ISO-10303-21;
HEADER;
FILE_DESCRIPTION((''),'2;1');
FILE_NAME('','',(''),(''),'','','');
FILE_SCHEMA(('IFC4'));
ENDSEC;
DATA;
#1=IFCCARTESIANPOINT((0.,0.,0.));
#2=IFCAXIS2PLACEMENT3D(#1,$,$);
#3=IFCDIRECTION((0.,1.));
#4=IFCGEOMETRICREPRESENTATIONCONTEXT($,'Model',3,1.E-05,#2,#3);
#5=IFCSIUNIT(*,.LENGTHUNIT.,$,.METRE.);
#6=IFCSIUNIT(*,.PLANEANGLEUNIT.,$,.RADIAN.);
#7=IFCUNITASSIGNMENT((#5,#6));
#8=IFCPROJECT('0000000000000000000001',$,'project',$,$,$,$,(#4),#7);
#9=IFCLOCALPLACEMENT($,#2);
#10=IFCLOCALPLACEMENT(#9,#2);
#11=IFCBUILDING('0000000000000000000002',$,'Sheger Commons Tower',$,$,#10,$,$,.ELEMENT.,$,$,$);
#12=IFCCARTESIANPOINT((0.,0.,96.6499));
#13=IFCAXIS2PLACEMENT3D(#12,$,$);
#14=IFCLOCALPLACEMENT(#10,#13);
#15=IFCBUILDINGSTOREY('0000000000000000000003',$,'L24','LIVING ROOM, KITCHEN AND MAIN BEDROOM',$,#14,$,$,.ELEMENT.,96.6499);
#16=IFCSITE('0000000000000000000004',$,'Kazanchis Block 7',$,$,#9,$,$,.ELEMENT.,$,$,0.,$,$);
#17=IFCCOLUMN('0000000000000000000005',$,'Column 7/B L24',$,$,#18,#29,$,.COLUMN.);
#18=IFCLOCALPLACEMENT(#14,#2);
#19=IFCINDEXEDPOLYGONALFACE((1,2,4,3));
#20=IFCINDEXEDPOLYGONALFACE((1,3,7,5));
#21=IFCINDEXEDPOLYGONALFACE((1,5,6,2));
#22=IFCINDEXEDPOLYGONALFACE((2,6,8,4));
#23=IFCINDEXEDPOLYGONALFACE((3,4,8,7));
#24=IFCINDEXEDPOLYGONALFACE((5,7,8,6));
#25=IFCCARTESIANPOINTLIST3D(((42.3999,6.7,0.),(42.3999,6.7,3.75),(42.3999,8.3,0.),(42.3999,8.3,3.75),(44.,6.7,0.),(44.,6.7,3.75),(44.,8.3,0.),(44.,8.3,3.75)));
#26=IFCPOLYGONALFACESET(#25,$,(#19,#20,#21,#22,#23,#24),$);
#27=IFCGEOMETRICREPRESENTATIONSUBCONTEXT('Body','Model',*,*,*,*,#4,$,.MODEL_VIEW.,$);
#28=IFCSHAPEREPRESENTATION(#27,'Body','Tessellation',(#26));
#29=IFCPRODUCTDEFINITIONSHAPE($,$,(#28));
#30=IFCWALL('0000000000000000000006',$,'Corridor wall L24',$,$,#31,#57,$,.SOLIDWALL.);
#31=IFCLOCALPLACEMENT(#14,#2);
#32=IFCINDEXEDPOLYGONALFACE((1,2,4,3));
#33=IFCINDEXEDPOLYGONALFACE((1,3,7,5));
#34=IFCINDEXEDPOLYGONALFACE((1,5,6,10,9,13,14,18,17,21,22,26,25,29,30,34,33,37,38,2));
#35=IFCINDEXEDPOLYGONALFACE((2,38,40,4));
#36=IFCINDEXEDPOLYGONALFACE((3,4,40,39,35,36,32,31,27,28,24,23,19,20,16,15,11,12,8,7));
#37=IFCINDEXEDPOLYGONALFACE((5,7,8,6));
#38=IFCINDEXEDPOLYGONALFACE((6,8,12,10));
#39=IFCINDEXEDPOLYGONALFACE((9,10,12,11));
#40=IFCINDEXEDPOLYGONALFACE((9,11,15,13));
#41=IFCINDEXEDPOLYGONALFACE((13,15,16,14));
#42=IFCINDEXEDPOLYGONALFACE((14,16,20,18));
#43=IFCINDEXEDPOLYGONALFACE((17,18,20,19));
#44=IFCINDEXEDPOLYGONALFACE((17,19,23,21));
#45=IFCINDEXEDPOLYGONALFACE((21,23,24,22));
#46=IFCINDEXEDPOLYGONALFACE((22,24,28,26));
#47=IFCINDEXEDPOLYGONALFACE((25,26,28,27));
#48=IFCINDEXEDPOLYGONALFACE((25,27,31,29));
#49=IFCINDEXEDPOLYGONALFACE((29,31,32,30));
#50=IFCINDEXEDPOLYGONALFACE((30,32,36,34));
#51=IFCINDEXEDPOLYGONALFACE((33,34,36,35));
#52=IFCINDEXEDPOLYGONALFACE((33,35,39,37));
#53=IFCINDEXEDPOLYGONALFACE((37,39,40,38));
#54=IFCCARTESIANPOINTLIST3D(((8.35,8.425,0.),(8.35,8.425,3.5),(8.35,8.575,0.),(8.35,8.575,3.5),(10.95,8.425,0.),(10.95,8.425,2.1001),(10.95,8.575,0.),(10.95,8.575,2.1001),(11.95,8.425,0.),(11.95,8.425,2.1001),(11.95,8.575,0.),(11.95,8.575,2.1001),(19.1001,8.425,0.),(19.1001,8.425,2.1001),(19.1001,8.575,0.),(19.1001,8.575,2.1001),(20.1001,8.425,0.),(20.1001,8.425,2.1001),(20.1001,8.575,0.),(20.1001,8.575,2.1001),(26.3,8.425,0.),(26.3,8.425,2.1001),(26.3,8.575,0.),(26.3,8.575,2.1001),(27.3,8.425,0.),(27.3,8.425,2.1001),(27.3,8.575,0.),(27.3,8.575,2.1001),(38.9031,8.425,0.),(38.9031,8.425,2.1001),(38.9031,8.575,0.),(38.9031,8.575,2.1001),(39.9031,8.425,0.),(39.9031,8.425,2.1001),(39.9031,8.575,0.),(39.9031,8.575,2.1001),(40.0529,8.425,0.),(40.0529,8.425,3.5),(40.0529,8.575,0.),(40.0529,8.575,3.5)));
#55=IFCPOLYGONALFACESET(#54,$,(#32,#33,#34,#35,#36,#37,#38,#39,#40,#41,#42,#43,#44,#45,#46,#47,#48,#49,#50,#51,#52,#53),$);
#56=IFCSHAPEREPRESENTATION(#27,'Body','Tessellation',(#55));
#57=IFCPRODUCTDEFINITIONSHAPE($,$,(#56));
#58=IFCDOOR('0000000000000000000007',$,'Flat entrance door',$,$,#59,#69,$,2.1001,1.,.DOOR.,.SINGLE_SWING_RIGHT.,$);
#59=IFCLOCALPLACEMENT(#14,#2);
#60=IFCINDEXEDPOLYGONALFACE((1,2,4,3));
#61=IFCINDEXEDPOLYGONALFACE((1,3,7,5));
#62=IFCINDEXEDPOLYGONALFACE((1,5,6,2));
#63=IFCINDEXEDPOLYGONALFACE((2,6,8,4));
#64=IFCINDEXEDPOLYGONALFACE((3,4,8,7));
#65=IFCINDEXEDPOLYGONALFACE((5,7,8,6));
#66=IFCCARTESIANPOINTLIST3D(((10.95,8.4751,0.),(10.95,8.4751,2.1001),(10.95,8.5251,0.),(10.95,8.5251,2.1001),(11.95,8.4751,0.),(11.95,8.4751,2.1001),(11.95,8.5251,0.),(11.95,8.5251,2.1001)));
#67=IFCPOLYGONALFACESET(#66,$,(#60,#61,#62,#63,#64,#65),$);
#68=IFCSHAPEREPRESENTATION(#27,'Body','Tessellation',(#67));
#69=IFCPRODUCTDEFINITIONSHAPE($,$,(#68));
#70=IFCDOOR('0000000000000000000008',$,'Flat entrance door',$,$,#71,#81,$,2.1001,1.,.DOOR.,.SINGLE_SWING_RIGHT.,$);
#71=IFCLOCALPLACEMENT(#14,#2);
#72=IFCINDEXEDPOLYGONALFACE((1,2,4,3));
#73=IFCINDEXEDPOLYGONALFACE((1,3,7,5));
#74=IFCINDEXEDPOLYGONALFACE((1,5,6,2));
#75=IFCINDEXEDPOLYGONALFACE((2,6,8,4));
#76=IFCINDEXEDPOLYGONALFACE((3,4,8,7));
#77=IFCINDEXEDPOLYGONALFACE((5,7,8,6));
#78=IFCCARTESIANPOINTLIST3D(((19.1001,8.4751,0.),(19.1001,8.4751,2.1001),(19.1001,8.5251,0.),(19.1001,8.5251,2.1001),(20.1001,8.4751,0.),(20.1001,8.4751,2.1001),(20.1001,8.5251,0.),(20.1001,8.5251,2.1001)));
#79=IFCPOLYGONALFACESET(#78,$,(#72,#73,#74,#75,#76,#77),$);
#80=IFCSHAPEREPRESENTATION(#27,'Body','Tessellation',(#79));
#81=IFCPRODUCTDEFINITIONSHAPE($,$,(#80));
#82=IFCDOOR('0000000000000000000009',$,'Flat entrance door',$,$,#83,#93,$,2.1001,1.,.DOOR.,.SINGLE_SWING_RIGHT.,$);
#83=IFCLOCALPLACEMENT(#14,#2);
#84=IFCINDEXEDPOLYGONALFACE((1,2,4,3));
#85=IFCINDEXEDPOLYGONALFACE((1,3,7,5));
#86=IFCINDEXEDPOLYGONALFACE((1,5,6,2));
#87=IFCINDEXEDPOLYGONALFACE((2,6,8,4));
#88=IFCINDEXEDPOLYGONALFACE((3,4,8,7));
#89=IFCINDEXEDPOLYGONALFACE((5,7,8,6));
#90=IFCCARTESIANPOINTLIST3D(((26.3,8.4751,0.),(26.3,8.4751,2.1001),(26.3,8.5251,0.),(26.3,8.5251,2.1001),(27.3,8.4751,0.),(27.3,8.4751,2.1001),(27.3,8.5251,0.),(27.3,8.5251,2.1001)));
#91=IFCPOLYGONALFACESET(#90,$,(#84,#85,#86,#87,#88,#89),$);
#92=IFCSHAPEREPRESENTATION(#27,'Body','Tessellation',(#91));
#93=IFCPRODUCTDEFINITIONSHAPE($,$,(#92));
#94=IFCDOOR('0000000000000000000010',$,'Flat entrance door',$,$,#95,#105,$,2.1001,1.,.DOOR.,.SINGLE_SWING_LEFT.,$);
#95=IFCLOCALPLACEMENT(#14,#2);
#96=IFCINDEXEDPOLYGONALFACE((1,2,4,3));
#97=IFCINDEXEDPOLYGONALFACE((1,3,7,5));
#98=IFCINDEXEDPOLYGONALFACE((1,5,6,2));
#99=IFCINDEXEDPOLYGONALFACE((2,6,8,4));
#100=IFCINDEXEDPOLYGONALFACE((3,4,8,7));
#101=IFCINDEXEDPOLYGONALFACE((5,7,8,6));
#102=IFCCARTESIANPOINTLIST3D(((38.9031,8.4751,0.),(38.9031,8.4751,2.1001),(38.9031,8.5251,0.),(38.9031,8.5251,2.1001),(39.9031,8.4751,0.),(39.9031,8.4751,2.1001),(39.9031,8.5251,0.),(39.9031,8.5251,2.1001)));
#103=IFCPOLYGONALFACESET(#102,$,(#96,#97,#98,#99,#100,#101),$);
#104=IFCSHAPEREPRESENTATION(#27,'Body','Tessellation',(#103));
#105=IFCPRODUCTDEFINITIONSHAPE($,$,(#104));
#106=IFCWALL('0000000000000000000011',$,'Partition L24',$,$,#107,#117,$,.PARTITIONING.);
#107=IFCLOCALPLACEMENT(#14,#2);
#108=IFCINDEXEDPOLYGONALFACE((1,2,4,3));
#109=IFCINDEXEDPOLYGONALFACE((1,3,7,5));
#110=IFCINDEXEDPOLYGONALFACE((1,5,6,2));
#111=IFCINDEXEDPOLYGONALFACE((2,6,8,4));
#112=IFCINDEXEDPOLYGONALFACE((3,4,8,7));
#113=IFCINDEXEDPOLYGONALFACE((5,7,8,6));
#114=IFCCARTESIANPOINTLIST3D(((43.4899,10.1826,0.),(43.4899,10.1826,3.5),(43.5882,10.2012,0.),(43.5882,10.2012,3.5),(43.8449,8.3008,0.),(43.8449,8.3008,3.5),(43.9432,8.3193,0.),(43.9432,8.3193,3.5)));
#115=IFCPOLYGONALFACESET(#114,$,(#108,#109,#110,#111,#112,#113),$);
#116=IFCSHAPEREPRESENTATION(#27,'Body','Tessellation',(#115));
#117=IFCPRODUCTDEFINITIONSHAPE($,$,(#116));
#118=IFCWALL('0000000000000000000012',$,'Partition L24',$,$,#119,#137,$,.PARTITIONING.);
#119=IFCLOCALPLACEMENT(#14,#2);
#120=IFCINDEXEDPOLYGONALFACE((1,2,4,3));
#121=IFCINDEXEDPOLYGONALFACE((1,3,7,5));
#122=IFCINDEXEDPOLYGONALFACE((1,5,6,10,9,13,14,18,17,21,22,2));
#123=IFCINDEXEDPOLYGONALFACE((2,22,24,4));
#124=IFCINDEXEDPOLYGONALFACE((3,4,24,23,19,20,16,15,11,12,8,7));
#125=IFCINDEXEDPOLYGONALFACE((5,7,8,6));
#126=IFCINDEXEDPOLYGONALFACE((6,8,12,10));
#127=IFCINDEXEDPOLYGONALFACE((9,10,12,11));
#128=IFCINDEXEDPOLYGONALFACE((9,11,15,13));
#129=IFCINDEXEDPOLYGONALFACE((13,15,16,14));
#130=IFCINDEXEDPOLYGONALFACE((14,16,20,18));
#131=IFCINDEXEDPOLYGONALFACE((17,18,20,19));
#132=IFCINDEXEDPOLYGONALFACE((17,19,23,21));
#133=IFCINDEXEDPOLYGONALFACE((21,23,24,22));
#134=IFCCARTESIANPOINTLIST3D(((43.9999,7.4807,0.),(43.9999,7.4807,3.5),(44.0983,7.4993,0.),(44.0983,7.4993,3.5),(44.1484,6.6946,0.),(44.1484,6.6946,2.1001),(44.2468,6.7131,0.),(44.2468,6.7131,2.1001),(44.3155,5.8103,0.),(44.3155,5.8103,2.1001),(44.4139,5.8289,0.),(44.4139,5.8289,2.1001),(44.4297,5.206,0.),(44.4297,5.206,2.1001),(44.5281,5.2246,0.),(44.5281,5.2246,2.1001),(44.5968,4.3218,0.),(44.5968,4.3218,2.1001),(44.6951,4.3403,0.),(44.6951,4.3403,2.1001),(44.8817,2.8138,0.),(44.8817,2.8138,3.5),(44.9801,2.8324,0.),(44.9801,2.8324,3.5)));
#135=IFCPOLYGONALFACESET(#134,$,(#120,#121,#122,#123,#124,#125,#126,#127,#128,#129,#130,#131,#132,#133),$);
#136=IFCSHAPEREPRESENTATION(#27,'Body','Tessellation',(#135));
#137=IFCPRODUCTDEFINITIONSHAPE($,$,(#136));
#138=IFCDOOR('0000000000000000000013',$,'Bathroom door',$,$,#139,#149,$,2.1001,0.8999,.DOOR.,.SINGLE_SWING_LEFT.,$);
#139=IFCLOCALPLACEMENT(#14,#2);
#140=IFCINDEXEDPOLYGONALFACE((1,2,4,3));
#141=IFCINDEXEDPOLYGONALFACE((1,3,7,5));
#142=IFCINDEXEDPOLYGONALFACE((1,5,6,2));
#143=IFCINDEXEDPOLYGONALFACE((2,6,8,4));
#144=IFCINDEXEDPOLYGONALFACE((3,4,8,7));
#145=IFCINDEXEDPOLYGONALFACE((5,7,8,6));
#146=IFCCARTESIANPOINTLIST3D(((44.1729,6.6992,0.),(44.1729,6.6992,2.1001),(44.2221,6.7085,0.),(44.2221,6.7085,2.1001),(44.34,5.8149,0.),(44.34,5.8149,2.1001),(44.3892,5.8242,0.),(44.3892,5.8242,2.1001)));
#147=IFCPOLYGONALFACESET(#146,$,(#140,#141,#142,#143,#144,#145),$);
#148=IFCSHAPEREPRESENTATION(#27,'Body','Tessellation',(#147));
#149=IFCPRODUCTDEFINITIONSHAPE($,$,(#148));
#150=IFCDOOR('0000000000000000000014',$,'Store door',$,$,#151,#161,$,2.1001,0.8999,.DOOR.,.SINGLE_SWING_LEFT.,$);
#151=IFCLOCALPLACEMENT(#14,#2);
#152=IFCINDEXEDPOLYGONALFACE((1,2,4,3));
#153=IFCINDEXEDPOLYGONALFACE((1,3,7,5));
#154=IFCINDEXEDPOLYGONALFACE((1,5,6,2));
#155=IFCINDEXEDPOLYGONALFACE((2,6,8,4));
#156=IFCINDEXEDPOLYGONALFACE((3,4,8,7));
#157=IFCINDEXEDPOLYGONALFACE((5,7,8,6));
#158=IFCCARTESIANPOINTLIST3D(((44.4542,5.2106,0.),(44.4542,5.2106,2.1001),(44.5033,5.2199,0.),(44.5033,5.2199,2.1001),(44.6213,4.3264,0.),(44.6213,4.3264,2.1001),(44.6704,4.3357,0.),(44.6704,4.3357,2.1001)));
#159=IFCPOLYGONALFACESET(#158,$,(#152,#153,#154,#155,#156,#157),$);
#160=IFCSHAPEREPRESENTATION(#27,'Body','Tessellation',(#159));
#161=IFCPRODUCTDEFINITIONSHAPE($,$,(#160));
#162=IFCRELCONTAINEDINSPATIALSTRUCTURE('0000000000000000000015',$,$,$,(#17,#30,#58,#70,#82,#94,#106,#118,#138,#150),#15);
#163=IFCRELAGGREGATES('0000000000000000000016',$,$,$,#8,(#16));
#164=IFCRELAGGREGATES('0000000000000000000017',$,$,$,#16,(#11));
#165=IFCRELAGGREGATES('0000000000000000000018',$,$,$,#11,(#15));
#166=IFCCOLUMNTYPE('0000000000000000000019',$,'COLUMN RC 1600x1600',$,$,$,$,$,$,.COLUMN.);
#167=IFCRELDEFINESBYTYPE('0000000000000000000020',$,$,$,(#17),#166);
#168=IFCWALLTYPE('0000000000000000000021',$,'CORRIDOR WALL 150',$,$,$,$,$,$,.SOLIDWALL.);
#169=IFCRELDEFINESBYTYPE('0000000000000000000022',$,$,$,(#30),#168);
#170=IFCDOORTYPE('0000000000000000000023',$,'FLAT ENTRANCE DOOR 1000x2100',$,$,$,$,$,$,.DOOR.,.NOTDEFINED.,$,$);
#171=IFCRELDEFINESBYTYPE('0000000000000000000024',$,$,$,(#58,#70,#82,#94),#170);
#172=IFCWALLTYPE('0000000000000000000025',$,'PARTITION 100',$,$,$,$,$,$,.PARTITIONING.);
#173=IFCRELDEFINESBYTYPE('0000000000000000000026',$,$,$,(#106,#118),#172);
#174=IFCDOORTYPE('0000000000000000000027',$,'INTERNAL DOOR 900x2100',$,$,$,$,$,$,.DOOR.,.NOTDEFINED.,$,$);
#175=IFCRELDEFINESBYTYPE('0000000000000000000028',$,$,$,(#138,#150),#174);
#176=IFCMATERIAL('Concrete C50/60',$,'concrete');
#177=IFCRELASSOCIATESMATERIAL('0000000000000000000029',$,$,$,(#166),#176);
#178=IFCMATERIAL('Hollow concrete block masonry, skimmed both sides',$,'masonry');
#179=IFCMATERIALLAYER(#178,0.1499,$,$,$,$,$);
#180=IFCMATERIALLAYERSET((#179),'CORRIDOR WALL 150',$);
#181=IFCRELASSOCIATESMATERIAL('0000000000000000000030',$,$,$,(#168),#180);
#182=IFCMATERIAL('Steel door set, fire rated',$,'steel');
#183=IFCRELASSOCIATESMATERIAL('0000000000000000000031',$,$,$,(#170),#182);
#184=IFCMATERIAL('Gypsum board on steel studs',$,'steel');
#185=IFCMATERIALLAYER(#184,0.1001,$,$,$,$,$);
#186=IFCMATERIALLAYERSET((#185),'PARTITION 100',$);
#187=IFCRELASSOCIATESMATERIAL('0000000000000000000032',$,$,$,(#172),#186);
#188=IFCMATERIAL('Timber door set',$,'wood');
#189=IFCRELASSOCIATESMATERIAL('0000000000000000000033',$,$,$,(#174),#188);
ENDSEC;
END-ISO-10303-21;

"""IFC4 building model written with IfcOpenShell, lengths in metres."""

from ifc_helpers import new_model, si_unit, direction, frame, frame_2d, origin, origin_2d, place, context, subcontext, project, spatial, rectangle, extrude, material, layer, layer_set, material_profile, profile_set, type_object, element, fill, save


model = new_model("IFC4")

# Units and contexts
model_context = context("Model", 3, precision=1e-05, world=origin(), true_north=direction((0.0, 1.0)))
body_context = subcontext(model_context, "Body", "Model", "MODEL_VIEW")
ifc_project = project(units=[si_unit("LENGTHUNIT", "METRE"), si_unit("PLANEANGLEUNIT", "RADIAN")], contexts=[model_context])

# Site, building, storey
site_placement = place(None, origin())
site = spatial("IfcSite", under=ifc_project, at=site_placement, Name="Kazanchis Block 7", CompositionType="ELEMENT", RefElevation=0.0)
building_placement = place(site_placement, origin())
building = spatial("IfcBuilding", under=site, at=building_placement, Name="Sheger Commons Tower", CompositionType="ELEMENT")
storey_placement = place(building_placement, frame((0.0, 0.0, 96.6499)))
storey = spatial("IfcBuildingStorey", under=building, at=storey_placement, Name="L24", Description="LIVING ROOM, KITCHEN AND MAIN BEDROOM", CompositionType="ELEMENT", Elevation=96.6499)

# Column
ifc_material_1 = material(Name="Concrete C50/60", Category="concrete")
ifc_material_profile = material_profile(ifc_material_1, rectangle(XDim=1.6001, YDim=1.6001, at=origin_2d()), Name="RC 1600x1600")
ifc_profile_set = profile_set([ifc_material_profile], Name="Concrete C50/60")
column_type = type_object("IfcColumnType", Name="COLUMN RC 1600x1600", PredefinedType="COLUMN", material=ifc_profile_set)
column_placement = place(storey_placement, frame((43.2, 7.5, 0.0), z_axis=(0.0, 0.0, 1.0), x_axis=(1.0, 0.0, 0.0)))
element("IfcColumn", 1, at=column_placement, inside=storey, type_object=column_type, Name="Column 7/B L24", PredefinedType="COLUMN", context=body_context, shape_type="SweptSolid", body=[
    extrude(rectangle(XDim=1.6001, YDim=1.6001, at=origin_2d()), origin(), (0.0, 0.0, 1.0), 3.75),
])

# Wall, openings, doors
ifc_material_2 = material(Name="Hollow concrete block masonry, skimmed both sides", Category="masonry")
ifc_layer_1 = layer(ifc_material_2, 0.1499)
ifc_layer_set_1 = layer_set([ifc_layer_1], Name="CORRIDOR WALL 150")
wall_type_1 = type_object("IfcWallType", Name="CORRIDOR WALL 150", PredefinedType="SOLIDWALL", material=ifc_layer_set_1)
wall_1_placement = place(storey_placement, frame((40.053, 8.5, 0.0), z_axis=(0.0, 0.0, 1.0), x_axis=(-1.0, 0.0, 0.0)))
wall_1 = element("IfcWall", 2, at=wall_1_placement, inside=storey, type_object=wall_type_1, Name="Corridor wall L24", PredefinedType="SOLIDWALL", context=body_context, shape_type="SweptSolid", body=[
    extrude(rectangle(XDim=31.7029, YDim=0.1499, at=frame_2d((15.8516, 0.0))), origin(), (0.0, 0.0, 1.0), 3.5),
])
opening_1_placement = place(wall_1_placement, frame((28.103, 0.0, 0.0)))
opening_1 = element("IfcOpeningElement", 3, at=opening_1_placement, cuts=wall_1, PredefinedType="OPENING", context=body_context, shape_type="SweptSolid", body=[
    extrude(rectangle(XDim=1.0, YDim=2.1001, at=frame_2d((0.5, 1.05))), frame((0.0, 0.085, 0.0), z_axis=(0.0, -1.0, 0.0), x_axis=(1.0, 0.0, 0.0)), (0.0, 0.0, 1.0), 0.1699),
])
opening_2_placement = place(wall_1_placement, frame((19.9529, 0.0, 0.0)))
opening_2 = element("IfcOpeningElement", 4, at=opening_2_placement, cuts=wall_1, PredefinedType="OPENING", context=body_context, shape_type="SweptSolid", body=[
    extrude(rectangle(XDim=1.0, YDim=2.1001, at=frame_2d((0.5, 1.05))), frame((0.0, 0.085, 0.0), z_axis=(0.0, -1.0, 0.0), x_axis=(1.0, 0.0, 0.0)), (0.0, 0.0, 1.0), 0.1699),
])
opening_3_placement = place(wall_1_placement, frame((12.7529, 0.0, 0.0)))
opening_3 = element("IfcOpeningElement", 5, at=opening_3_placement, cuts=wall_1, PredefinedType="OPENING", context=body_context, shape_type="SweptSolid", body=[
    extrude(rectangle(XDim=1.0, YDim=2.1001, at=frame_2d((0.5, 1.05))), frame((0.0, 0.085, 0.0), z_axis=(0.0, -1.0, 0.0), x_axis=(1.0, 0.0, 0.0)), (0.0, 0.0, 1.0), 0.1699),
])
opening_4_placement = place(wall_1_placement, frame((0.1499, 0.0, 0.0)))
opening_4 = element("IfcOpeningElement", 6, at=opening_4_placement, cuts=wall_1, PredefinedType="OPENING", context=body_context, shape_type="SweptSolid", body=[
    extrude(rectangle(XDim=1.0, YDim=2.1001, at=frame_2d((0.5, 1.05))), frame((0.0, 0.085, 0.0), z_axis=(0.0, -1.0, 0.0), x_axis=(1.0, 0.0, 0.0)), (0.0, 0.0, 1.0), 0.1699),
])
ifc_material_3 = material(Name="Steel door set, fire rated", Category="steel")
door_type_1 = type_object("IfcDoorType", Name="FLAT ENTRANCE DOOR 1000x2100", OperationType="NOTDEFINED", PredefinedType="DOOR", material=ifc_material_3)
door_1_placement = place(opening_1_placement, origin())
door_1 = element("IfcDoor", 7, at=door_1_placement, inside=storey, type_object=door_type_1, Name="Flat entrance door", OperationType="SINGLE_SWING_RIGHT", OverallHeight=2.1001, OverallWidth=1.0, PredefinedType="DOOR", context=body_context, shape_type="SweptSolid", body=[
    extrude(rectangle(XDim=1.0, YDim=2.1001, at=frame_2d((0.5, 1.05))), frame((0.0, 0.0249, 0.0), z_axis=(0.0, -1.0, 0.0), x_axis=(1.0, 0.0, 0.0)), (0.0, 0.0, 1.0), 0.05),
])
fill(opening_1, door_1)
door_2_placement = place(opening_2_placement, origin())
door_2 = element("IfcDoor", 8, at=door_2_placement, inside=storey, type_object=door_type_1, Name="Flat entrance door", OperationType="SINGLE_SWING_RIGHT", OverallHeight=2.1001, OverallWidth=1.0, PredefinedType="DOOR", context=body_context, shape_type="SweptSolid", body=[
    extrude(rectangle(XDim=1.0, YDim=2.1001, at=frame_2d((0.5, 1.05))), frame((0.0, 0.0249, 0.0), z_axis=(0.0, -1.0, 0.0), x_axis=(1.0, 0.0, 0.0)), (0.0, 0.0, 1.0), 0.05),
])
fill(opening_2, door_2)
door_3_placement = place(opening_3_placement, origin())
door_3 = element("IfcDoor", 9, at=door_3_placement, inside=storey, type_object=door_type_1, Name="Flat entrance door", OperationType="SINGLE_SWING_RIGHT", OverallHeight=2.1001, OverallWidth=1.0, PredefinedType="DOOR", context=body_context, shape_type="SweptSolid", body=[
    extrude(rectangle(XDim=1.0, YDim=2.1001, at=frame_2d((0.5, 1.05))), frame((0.0, 0.0249, 0.0), z_axis=(0.0, -1.0, 0.0), x_axis=(1.0, 0.0, 0.0)), (0.0, 0.0, 1.0), 0.05),
])
fill(opening_3, door_3)
door_4_placement = place(opening_4_placement, origin())
door_4 = element("IfcDoor", 10, at=door_4_placement, inside=storey, type_object=door_type_1, Name="Flat entrance door", OperationType="SINGLE_SWING_LEFT", OverallHeight=2.1001, OverallWidth=1.0, PredefinedType="DOOR", context=body_context, shape_type="SweptSolid", body=[
    extrude(rectangle(XDim=1.0, YDim=2.1001, at=frame_2d((0.5, 1.05))), frame((0.0, 0.0249, 0.0), z_axis=(0.0, -1.0, 0.0), x_axis=(1.0, 0.0, 0.0)), (0.0, 0.0, 1.0), 0.05),
])
fill(opening_4, door_4)

# Wall
ifc_material_4 = material(Name="Gypsum board on steel studs", Category="steel")
ifc_layer_2 = layer(ifc_material_4, 0.1001)
ifc_layer_set_2 = layer_set([ifc_layer_2], Name="PARTITION 100")
wall_type_2 = type_object("IfcWallType", Name="PARTITION 100", PredefinedType="PARTITIONING", material=ifc_layer_set_2)
wall_2_placement = place(storey_placement, frame((43.5391, 10.1919, 0.0), z_axis=(0.0, 0.0, 1.0), x_axis=(0.185366, -0.98267, 0.0)))
element("IfcWall", 11, at=wall_2_placement, inside=storey, type_object=wall_type_2, Name="Partition L24", PredefinedType="PARTITIONING", context=body_context, shape_type="SweptSolid", body=[
    extrude(rectangle(XDim=1.915, YDim=0.1001, at=frame_2d((0.9575, 0.0))), origin(), (0.0, 0.0, 1.0), 3.5),
])

# Wall, openings, doors
wall_3_placement = place(storey_placement, frame((44.0491, 7.49, 0.0), z_axis=(0.0, 0.0, 1.0), x_axis=(0.185666, -0.982613, 0.0)))
wall_3 = element("IfcWall", 12, at=wall_3_placement, inside=storey, type_object=wall_type_2, Name="Partition L24", PredefinedType="PARTITIONING", context=body_context, shape_type="SweptSolid", body=[
    extrude(rectangle(XDim=4.7495, YDim=0.1001, at=frame_2d((2.3748, 0.0))), origin(), (0.0, 0.0, 1.0), 3.5),
])
opening_5_placement = place(wall_3_placement, frame((0.8, 0.0, 0.0)))
opening_5 = element("IfcOpeningElement", 13, at=opening_5_placement, cuts=wall_3, PredefinedType="OPENING", context=body_context, shape_type="SweptSolid", body=[
    extrude(rectangle(XDim=0.8999, YDim=2.1001, at=frame_2d((0.45, 1.05))), frame((0.0, 0.0601, 0.0), z_axis=(0.0, -1.0, 0.0), x_axis=(1.0, 0.0, 0.0)), (0.0, 0.0, 1.0), 0.1201),
])
opening_6_placement = place(wall_3_placement, frame((2.3149, 0.0, 0.0)))
opening_6 = element("IfcOpeningElement", 14, at=opening_6_placement, cuts=wall_3, PredefinedType="OPENING", context=body_context, shape_type="SweptSolid", body=[
    extrude(rectangle(XDim=0.8999, YDim=2.1001, at=frame_2d((0.45, 1.05))), frame((0.0, 0.0601, 0.0), z_axis=(0.0, -1.0, 0.0), x_axis=(1.0, 0.0, 0.0)), (0.0, 0.0, 1.0), 0.1201),
])
ifc_material_5 = material(Name="Timber door set", Category="wood")
door_type_2 = type_object("IfcDoorType", Name="INTERNAL DOOR 900x2100", OperationType="NOTDEFINED", PredefinedType="DOOR", material=ifc_material_5)
door_5_placement = place(opening_5_placement, origin())
door_5 = element("IfcDoor", 15, at=door_5_placement, inside=storey, type_object=door_type_2, Name="Bathroom door", OperationType="SINGLE_SWING_LEFT", OverallHeight=2.1001, OverallWidth=0.8999, PredefinedType="DOOR", context=body_context, shape_type="SweptSolid", body=[
    extrude(rectangle(XDim=0.8999, YDim=2.1001, at=frame_2d((0.45, 1.05))), frame((0.0, 0.0249, 0.0), z_axis=(0.0, -1.0, 0.0), x_axis=(1.0, 0.0, 0.0)), (0.0, 0.0, 1.0), 0.05),
])
fill(opening_5, door_5)
door_6_placement = place(opening_6_placement, origin())
door_6 = element("IfcDoor", 16, at=door_6_placement, inside=storey, type_object=door_type_2, Name="Store door", OperationType="SINGLE_SWING_LEFT", OverallHeight=2.1001, OverallWidth=0.8999, PredefinedType="DOOR", context=body_context, shape_type="SweptSolid", body=[
    extrude(rectangle(XDim=0.8999, YDim=2.1001, at=frame_2d((0.45, 1.05))), frame((0.0, 0.0249, 0.0), z_axis=(0.0, -1.0, 0.0), x_axis=(1.0, 0.0, 0.0)), (0.0, 0.0, 1.0), 0.05),
])
fill(opening_6, door_6)

save(model, "model.ifc")
